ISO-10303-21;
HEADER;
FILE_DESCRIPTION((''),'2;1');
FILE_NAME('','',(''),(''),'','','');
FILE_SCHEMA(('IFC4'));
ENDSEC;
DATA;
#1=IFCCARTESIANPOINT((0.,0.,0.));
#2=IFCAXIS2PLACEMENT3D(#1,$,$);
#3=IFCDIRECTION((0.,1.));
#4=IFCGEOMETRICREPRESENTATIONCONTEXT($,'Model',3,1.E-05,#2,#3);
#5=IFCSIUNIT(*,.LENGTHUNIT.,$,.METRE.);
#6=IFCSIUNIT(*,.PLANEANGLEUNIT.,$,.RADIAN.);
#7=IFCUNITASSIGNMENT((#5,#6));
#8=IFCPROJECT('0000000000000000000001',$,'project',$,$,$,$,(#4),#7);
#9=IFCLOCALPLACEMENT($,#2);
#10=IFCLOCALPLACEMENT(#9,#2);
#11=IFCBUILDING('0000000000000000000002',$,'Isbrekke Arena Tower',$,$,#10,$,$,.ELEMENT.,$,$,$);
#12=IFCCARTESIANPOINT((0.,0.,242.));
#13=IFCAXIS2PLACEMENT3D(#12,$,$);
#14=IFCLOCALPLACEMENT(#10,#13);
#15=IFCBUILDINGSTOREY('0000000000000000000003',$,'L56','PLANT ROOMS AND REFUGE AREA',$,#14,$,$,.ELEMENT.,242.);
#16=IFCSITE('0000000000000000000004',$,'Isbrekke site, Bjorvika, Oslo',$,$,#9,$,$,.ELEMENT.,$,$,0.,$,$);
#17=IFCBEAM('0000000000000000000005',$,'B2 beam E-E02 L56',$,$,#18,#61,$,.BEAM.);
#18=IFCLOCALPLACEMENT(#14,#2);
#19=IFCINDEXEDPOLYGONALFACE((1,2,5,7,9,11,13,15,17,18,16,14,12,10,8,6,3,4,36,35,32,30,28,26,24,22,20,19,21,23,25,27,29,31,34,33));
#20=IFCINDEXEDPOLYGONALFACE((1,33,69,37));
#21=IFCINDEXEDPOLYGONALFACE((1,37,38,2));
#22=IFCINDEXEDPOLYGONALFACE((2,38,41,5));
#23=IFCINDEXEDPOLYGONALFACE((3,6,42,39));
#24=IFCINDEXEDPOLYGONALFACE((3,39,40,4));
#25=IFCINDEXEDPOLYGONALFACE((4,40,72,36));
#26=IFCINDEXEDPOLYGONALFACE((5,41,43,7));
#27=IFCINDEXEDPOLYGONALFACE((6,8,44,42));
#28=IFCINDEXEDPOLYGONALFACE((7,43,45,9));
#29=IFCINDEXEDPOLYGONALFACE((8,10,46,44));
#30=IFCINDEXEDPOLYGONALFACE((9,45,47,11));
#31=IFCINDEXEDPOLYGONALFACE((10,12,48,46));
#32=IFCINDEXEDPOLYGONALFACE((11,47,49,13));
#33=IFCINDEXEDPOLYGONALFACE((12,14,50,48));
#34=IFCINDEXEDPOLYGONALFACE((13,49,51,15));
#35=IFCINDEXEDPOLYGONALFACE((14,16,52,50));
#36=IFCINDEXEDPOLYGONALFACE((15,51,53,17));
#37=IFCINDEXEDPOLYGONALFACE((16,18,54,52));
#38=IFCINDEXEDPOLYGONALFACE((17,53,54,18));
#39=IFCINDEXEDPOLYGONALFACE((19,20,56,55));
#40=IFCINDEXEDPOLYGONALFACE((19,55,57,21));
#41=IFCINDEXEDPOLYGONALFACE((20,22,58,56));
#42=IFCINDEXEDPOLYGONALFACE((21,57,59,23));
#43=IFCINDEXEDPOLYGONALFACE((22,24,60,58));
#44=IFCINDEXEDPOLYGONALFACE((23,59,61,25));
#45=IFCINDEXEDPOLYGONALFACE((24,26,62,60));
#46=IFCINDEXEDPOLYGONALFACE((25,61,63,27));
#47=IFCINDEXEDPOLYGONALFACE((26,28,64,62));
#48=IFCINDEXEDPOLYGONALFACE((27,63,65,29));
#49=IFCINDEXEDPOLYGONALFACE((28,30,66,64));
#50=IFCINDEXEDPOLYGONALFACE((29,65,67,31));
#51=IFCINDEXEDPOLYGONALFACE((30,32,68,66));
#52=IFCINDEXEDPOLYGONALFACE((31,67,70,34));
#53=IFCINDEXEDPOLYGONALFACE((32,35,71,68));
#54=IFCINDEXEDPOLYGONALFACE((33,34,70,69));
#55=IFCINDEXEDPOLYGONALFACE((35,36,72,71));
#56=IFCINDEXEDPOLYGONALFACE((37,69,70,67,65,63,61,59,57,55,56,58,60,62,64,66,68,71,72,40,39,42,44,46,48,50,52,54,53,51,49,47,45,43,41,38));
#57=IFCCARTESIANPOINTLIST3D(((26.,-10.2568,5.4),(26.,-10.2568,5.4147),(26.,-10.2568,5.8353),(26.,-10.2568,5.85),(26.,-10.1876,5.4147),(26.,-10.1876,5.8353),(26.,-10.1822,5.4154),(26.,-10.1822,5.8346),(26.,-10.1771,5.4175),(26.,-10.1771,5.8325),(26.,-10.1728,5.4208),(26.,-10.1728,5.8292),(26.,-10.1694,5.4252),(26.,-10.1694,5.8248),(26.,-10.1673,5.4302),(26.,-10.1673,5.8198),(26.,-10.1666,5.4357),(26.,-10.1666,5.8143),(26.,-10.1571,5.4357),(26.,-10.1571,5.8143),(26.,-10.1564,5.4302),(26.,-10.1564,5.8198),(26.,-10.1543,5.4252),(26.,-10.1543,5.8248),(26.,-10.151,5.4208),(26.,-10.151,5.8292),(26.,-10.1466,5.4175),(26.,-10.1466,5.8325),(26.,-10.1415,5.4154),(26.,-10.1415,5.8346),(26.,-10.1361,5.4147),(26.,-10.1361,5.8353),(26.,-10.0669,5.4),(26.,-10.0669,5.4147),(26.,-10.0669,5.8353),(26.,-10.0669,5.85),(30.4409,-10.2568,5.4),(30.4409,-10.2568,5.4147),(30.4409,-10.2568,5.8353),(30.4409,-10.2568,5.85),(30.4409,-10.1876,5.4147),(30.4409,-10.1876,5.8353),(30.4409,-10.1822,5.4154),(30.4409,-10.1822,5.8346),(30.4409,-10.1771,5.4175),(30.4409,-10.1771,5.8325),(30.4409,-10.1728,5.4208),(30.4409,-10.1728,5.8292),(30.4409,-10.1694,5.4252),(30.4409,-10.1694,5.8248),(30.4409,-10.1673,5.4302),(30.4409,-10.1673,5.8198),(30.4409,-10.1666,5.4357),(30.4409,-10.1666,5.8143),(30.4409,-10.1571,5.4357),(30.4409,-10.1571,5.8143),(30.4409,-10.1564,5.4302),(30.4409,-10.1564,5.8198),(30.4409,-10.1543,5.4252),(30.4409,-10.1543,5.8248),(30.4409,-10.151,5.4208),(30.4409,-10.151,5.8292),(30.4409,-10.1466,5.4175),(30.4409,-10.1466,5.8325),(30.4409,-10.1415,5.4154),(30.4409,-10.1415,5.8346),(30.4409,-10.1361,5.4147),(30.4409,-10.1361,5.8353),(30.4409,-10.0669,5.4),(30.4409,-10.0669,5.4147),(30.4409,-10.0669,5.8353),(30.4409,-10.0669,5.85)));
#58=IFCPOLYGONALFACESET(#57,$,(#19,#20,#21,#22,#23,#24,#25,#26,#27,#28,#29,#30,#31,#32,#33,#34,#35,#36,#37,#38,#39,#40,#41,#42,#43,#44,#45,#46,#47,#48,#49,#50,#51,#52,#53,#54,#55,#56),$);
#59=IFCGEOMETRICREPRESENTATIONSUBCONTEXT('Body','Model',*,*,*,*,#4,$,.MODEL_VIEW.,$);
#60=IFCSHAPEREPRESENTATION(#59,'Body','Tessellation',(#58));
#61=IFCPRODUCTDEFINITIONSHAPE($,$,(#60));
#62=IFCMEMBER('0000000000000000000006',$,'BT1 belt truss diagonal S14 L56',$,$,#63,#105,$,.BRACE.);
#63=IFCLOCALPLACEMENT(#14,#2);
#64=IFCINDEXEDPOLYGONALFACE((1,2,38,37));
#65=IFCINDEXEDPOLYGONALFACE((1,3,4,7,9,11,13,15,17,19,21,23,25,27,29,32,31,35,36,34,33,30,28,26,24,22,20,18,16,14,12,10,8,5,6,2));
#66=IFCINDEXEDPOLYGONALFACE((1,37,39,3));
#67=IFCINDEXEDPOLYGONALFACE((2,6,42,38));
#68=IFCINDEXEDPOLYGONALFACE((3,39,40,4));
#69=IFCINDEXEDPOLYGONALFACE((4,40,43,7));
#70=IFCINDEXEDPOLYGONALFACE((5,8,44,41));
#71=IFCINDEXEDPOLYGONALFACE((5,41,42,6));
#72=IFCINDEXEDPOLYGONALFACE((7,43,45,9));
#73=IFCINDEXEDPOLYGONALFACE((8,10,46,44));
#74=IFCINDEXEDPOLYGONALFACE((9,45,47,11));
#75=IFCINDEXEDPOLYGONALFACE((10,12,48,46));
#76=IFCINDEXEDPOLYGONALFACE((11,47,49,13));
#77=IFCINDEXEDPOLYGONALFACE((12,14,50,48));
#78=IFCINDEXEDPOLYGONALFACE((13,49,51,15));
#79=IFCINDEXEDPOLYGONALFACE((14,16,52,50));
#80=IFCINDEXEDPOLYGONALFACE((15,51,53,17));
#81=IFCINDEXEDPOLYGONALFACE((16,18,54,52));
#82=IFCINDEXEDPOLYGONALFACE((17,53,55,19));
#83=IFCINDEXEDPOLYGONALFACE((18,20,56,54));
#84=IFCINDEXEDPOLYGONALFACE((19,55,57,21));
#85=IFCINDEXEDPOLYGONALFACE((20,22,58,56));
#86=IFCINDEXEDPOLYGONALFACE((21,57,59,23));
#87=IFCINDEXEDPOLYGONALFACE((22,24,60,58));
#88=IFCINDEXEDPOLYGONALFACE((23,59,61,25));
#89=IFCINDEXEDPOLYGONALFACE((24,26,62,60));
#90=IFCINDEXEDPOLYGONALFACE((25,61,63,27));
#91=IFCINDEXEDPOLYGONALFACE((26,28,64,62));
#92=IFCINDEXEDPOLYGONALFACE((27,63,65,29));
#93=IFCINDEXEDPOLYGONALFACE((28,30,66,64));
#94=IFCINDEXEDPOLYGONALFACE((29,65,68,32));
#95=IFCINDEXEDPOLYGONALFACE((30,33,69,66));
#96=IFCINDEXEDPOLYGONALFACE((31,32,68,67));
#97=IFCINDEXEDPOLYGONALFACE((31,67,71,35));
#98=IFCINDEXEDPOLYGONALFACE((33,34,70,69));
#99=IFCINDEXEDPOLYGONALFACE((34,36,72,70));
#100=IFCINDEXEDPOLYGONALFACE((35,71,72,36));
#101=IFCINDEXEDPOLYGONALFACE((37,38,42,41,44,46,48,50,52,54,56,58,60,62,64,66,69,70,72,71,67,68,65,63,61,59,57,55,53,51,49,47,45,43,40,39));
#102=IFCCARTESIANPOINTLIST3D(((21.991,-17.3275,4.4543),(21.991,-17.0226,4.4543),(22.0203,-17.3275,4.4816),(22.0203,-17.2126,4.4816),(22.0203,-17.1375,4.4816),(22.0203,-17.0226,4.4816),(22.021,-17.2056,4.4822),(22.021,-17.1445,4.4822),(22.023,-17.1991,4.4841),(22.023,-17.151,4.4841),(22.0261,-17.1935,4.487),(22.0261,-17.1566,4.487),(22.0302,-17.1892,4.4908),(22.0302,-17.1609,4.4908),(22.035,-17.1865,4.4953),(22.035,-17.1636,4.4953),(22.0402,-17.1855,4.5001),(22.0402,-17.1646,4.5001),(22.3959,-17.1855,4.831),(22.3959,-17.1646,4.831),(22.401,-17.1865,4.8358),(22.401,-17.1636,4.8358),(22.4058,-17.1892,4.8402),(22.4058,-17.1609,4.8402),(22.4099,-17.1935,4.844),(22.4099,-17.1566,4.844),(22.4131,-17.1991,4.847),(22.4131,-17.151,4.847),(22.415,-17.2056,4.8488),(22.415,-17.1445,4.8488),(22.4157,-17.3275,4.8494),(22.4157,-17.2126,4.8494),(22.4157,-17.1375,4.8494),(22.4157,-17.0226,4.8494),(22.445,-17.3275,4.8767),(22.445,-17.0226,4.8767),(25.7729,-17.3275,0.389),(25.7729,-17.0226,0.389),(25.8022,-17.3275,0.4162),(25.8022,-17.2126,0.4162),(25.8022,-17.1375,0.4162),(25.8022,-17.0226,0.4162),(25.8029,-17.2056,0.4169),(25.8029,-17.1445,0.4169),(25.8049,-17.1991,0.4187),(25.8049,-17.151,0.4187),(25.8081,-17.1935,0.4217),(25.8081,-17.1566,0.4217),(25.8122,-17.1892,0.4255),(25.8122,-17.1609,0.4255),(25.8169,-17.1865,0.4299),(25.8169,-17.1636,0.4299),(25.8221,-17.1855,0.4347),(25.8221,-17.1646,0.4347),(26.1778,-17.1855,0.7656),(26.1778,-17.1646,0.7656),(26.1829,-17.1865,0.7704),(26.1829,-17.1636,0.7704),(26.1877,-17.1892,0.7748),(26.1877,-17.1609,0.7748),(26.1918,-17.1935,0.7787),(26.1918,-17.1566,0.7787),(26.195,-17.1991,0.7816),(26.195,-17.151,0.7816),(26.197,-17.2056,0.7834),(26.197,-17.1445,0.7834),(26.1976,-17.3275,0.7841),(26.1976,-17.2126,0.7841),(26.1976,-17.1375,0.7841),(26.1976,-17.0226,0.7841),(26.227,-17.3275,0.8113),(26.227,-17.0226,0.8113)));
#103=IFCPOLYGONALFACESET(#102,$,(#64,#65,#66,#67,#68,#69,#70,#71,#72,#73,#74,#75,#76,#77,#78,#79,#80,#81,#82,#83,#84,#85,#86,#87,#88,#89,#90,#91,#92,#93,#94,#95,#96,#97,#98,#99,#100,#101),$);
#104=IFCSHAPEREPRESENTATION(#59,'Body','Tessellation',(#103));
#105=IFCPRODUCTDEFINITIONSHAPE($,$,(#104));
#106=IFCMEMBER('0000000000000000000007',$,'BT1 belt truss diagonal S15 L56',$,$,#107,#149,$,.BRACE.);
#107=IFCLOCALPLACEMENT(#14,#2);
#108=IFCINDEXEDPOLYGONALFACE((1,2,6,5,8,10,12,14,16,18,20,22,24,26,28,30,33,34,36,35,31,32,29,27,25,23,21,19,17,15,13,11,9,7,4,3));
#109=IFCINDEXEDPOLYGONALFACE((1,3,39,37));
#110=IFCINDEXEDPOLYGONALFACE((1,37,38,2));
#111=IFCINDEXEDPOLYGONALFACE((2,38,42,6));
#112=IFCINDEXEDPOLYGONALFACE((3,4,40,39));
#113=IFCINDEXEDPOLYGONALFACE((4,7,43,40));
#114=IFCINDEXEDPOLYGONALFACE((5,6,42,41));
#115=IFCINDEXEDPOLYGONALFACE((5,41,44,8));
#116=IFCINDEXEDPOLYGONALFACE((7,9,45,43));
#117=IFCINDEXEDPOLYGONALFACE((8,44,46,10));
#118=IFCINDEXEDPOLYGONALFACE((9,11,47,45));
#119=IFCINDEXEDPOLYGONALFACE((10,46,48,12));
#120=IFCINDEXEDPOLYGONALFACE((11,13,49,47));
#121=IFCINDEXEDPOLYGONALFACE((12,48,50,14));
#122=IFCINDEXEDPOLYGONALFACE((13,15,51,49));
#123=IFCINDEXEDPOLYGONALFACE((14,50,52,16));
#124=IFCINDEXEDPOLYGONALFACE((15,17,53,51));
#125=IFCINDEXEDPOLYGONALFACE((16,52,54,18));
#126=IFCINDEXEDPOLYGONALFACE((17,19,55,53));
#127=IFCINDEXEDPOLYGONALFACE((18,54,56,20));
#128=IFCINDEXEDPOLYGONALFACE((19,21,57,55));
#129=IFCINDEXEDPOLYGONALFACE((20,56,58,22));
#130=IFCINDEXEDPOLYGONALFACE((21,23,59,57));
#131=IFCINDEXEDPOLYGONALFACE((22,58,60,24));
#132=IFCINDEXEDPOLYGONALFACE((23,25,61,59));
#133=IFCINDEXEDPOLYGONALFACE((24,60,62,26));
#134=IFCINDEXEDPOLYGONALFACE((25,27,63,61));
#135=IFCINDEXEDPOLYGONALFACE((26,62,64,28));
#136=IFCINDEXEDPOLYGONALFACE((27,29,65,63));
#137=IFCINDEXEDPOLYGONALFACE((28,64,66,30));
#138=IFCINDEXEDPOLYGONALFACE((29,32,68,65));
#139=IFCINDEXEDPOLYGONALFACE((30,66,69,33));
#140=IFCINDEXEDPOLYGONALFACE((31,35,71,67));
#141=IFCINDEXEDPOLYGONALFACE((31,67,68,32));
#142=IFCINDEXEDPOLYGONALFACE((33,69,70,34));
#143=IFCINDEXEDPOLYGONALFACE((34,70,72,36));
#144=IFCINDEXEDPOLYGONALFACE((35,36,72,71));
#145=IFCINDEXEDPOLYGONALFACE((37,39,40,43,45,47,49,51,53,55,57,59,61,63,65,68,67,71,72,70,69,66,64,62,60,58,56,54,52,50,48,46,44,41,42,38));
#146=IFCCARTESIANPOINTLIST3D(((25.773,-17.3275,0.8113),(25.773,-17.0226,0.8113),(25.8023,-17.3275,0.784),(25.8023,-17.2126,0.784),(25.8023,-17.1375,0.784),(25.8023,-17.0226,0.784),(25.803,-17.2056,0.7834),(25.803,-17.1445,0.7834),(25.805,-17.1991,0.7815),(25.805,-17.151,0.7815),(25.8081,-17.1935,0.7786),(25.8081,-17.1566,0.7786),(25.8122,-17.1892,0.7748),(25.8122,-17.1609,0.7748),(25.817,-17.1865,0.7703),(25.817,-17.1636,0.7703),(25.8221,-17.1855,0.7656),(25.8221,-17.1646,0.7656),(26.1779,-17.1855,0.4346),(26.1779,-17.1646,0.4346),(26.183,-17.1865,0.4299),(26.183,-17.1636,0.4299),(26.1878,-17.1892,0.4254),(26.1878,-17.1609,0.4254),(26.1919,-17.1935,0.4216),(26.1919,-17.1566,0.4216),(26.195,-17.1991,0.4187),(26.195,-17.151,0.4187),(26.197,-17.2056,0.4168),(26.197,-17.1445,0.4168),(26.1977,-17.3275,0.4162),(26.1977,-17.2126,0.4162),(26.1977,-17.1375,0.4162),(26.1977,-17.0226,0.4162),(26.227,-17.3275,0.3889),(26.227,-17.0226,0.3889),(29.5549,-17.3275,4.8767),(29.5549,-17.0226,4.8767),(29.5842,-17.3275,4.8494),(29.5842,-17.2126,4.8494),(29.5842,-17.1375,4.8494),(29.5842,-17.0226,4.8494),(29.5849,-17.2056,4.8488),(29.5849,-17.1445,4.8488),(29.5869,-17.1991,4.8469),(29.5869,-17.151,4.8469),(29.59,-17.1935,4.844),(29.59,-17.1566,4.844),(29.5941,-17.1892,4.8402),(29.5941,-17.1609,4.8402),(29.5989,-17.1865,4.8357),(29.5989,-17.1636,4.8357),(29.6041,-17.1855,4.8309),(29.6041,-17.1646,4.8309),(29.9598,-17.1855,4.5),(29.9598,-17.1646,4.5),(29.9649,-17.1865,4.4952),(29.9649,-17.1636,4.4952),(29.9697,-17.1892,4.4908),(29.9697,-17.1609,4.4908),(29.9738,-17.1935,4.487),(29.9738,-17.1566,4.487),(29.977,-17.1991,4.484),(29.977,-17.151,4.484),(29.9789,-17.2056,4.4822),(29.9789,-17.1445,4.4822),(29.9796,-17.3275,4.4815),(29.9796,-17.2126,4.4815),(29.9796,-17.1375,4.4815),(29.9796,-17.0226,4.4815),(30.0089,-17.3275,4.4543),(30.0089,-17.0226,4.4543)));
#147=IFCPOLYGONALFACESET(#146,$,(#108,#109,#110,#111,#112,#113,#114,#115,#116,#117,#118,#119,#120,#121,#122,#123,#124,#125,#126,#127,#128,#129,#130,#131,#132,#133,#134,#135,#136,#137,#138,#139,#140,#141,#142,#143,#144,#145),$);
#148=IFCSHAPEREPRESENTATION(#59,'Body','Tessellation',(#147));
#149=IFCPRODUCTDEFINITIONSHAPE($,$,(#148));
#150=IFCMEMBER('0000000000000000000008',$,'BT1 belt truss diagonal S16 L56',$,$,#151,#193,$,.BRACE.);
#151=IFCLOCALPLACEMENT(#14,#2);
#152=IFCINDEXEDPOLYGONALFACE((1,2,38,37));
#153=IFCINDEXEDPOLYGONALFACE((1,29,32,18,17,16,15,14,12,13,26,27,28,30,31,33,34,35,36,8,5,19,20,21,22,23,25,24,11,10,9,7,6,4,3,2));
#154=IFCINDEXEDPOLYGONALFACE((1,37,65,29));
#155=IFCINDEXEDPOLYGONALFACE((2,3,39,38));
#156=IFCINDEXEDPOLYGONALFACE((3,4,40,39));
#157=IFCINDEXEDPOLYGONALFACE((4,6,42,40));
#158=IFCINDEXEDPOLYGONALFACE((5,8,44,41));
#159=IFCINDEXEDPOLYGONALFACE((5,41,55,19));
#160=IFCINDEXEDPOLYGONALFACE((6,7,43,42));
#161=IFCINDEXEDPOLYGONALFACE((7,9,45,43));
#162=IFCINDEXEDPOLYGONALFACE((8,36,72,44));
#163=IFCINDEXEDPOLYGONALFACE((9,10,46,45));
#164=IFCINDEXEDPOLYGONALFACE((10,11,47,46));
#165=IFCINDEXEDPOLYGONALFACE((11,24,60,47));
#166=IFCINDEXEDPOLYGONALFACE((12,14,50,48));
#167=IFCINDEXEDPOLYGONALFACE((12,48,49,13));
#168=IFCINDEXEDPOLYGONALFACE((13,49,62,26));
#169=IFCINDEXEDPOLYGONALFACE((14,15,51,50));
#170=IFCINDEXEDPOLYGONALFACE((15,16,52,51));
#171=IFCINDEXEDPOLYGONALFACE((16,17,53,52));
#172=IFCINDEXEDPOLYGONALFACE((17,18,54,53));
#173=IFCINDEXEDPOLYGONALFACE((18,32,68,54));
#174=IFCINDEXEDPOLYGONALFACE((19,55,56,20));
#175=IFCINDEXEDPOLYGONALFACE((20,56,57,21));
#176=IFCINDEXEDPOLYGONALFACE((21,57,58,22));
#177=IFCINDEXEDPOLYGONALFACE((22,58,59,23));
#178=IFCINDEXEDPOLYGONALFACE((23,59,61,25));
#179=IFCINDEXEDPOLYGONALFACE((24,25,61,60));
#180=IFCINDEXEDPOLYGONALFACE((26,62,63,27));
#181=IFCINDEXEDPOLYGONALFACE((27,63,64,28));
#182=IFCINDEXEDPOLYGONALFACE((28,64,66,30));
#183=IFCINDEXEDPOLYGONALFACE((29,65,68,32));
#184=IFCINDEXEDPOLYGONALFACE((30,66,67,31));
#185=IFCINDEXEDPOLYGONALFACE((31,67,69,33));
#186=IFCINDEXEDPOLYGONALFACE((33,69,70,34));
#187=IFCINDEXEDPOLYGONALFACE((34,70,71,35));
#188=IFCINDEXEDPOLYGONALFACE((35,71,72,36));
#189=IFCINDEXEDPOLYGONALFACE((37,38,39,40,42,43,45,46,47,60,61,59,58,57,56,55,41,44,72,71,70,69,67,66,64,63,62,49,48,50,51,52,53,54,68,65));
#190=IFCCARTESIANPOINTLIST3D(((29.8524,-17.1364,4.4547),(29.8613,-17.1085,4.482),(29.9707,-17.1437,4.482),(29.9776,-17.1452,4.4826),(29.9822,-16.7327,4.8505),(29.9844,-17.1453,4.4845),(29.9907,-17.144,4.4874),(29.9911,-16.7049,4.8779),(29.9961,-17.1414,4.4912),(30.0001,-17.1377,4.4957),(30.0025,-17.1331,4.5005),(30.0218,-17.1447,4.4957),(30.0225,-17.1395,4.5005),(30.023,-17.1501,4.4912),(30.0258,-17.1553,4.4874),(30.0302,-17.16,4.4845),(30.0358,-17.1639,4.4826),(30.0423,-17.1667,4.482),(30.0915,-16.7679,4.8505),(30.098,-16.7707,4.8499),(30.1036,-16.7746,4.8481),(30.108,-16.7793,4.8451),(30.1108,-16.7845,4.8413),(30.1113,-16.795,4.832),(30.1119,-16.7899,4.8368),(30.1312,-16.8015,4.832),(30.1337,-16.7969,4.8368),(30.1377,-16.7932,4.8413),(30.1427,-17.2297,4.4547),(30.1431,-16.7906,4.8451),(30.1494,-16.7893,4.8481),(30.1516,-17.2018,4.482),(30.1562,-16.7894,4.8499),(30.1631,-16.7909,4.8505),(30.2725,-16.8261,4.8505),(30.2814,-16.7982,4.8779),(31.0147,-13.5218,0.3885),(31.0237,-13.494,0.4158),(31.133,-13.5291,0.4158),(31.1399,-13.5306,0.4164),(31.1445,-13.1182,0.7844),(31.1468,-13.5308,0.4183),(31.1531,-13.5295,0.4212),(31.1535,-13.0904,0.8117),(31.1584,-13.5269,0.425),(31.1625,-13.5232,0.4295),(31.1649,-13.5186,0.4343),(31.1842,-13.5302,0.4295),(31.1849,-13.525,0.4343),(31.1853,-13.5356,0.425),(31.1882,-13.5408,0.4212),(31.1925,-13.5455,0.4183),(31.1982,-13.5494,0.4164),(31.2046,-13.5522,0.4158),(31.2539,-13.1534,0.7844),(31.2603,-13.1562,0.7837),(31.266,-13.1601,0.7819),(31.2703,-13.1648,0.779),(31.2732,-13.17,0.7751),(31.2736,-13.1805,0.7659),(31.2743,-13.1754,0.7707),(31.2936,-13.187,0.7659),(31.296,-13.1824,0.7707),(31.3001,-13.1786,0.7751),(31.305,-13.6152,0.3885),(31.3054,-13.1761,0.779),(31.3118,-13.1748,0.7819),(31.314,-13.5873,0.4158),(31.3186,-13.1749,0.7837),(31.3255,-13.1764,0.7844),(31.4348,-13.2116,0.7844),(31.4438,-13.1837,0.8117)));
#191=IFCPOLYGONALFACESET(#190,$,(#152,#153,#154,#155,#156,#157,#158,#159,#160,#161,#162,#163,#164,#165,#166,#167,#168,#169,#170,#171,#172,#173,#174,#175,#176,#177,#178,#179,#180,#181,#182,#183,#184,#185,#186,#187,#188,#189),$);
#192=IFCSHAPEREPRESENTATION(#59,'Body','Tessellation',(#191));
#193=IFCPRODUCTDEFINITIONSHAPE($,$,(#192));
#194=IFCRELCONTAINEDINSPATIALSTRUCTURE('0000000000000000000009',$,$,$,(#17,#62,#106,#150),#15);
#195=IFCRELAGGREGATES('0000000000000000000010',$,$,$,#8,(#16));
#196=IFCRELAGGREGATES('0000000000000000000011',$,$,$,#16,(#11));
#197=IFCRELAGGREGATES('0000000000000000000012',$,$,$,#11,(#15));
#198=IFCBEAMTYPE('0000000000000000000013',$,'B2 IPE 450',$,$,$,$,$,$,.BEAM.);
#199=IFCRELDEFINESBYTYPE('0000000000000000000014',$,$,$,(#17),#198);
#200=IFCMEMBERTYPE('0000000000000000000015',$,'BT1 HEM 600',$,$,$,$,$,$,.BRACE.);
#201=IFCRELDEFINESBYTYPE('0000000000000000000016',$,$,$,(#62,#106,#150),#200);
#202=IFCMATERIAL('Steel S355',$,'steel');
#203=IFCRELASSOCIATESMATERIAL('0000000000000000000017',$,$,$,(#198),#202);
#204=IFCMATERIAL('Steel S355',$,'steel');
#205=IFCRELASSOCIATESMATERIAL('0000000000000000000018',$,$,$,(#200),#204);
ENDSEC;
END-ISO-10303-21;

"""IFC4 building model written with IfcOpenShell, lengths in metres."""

from ifc_helpers import new_model, si_unit, direction, frame, origin, origin_2d, place, context, subcontext, project, spatial, i_section, extrude, material, material_profile, profile_set, type_object, element, save


model = new_model("IFC4")

# Units and contexts
model_context = context("Model", 3, precision=1e-05, world=origin(), true_north=direction((0.0, 1.0)))
body_context = subcontext(model_context, "Body", "Model", "MODEL_VIEW")
ifc_project = project(units=[si_unit("LENGTHUNIT", "METRE"), si_unit("PLANEANGLEUNIT", "RADIAN")], contexts=[model_context])

# Site, building, storey
site_placement = place(None, origin())
site = spatial("IfcSite", under=ifc_project, at=site_placement, Name="Isbrekke site, Bjorvika, Oslo", CompositionType="ELEMENT", RefElevation=0.0)
building_placement = place(site_placement, origin())
building = spatial("IfcBuilding", under=site, at=building_placement, Name="Isbrekke Arena Tower", CompositionType="ELEMENT")
storey_placement = place(building_placement, frame((0.0, 0.0, 242.0)))
storey = spatial("IfcBuildingStorey", under=building, at=storey_placement, Name="L56", Description="PLANT ROOMS AND REFUGE AREA", CompositionType="ELEMENT", Elevation=242.0)

# Beam
ifc_material_1 = material(Name="Steel S355", Category="steel")
ifc_material_profile_1 = material_profile(ifc_material_1, i_section(OverallWidth=0.1899, OverallDepth=0.45, WebThickness=0.0095, FlangeThickness=0.0146, FilletRadius=0.021, at=origin_2d()), Name="IPE 450")
ifc_profile_set_1 = profile_set([ifc_material_profile_1], Name="Steel S355")
beam_type_1 = type_object("IfcBeamType", Name="B2 IPE 450", PredefinedType="BEAM", material=ifc_profile_set_1)
beam_1_placement = place(storey_placement, frame((30.4409, -10.1619, 5.625), z_axis=(-1.0, 0.0, 0.0), x_axis=(0.0, -1.0, 0.0)))
element("IfcBeam", 1, at=beam_1_placement, inside=storey, type_object=beam_type_1, Name="B2 beam E-E02 L56", PredefinedType="BEAM", context=body_context, shape_type="SweptSolid", body=[
    extrude(i_section(OverallWidth=0.1899, OverallDepth=0.45, WebThickness=0.0095, FlangeThickness=0.0146, FilletRadius=0.021, at=origin_2d()), origin(), (0.0, 0.0, 1.0), 4.4409),
])

# Members
ifc_material_2 = material(Name="Steel S355", Category="steel")
ifc_material_profile_2 = material_profile(ifc_material_2, i_section(OverallWidth=0.3049, OverallDepth=0.6201, WebThickness=0.021, FlangeThickness=0.04, FilletRadius=0.0271, at=origin_2d()), Name="HEM 600")
ifc_profile_set_2 = profile_set([ifc_material_profile_2], Name="Steel S355")
member_type_1 = type_object("IfcMemberType", Name="BT1 HEM 600", PredefinedType="BRACE", material=ifc_profile_set_2)
for number, where, z_axis, x_axis, name in (
    (2, (22.218, -17.175, 4.6655), (0.681122, 0.0, -0.73217), (0.0, 1.0, 0.0), "BT1 belt truss diagonal S14 L56"),
    (3, (26.0, -17.175, 0.6001), (0.681122, 0.0, 0.73217), (0.0, 1.0, 0.0), "BT1 belt truss diagonal S15 L56"),
):
    element("IfcMember", number, at=place(storey_placement, frame(where, z_axis=z_axis, x_axis=x_axis)), inside=storey, type_object=member_type_1, Name=name, PredefinedType="BRACE", context=body_context, shape_type="SweptSolid", body=[
        extrude(i_section(OverallWidth=0.3049, OverallDepth=0.6201, WebThickness=0.021, FlangeThickness=0.04, FilletRadius=0.0271, at=origin_2d()), origin(), (0.0, 0.0, 1.0), 5.5525),
    ])
member_1_placement = place(storey_placement, frame((30.0669, -16.9673, 4.6663), z_axis=(0.208936, 0.649715, -0.730901), x_axis=(-0.951986, 0.30614, 0.0)))
element("IfcMember", 4, at=member_1_placement, inside=storey, type_object=member_type_1, Name="BT1 belt truss diagonal S16 L56", PredefinedType="BRACE", context=body_context, shape_type="SweptSolid", body=[
    extrude(i_section(OverallWidth=0.3049, OverallDepth=0.6201, WebThickness=0.021, FlangeThickness=0.04, FilletRadius=0.0271, at=origin_2d()), origin(), (0.0, 0.0, 1.0), 5.5632),
])

save(model, "model.ifc")
